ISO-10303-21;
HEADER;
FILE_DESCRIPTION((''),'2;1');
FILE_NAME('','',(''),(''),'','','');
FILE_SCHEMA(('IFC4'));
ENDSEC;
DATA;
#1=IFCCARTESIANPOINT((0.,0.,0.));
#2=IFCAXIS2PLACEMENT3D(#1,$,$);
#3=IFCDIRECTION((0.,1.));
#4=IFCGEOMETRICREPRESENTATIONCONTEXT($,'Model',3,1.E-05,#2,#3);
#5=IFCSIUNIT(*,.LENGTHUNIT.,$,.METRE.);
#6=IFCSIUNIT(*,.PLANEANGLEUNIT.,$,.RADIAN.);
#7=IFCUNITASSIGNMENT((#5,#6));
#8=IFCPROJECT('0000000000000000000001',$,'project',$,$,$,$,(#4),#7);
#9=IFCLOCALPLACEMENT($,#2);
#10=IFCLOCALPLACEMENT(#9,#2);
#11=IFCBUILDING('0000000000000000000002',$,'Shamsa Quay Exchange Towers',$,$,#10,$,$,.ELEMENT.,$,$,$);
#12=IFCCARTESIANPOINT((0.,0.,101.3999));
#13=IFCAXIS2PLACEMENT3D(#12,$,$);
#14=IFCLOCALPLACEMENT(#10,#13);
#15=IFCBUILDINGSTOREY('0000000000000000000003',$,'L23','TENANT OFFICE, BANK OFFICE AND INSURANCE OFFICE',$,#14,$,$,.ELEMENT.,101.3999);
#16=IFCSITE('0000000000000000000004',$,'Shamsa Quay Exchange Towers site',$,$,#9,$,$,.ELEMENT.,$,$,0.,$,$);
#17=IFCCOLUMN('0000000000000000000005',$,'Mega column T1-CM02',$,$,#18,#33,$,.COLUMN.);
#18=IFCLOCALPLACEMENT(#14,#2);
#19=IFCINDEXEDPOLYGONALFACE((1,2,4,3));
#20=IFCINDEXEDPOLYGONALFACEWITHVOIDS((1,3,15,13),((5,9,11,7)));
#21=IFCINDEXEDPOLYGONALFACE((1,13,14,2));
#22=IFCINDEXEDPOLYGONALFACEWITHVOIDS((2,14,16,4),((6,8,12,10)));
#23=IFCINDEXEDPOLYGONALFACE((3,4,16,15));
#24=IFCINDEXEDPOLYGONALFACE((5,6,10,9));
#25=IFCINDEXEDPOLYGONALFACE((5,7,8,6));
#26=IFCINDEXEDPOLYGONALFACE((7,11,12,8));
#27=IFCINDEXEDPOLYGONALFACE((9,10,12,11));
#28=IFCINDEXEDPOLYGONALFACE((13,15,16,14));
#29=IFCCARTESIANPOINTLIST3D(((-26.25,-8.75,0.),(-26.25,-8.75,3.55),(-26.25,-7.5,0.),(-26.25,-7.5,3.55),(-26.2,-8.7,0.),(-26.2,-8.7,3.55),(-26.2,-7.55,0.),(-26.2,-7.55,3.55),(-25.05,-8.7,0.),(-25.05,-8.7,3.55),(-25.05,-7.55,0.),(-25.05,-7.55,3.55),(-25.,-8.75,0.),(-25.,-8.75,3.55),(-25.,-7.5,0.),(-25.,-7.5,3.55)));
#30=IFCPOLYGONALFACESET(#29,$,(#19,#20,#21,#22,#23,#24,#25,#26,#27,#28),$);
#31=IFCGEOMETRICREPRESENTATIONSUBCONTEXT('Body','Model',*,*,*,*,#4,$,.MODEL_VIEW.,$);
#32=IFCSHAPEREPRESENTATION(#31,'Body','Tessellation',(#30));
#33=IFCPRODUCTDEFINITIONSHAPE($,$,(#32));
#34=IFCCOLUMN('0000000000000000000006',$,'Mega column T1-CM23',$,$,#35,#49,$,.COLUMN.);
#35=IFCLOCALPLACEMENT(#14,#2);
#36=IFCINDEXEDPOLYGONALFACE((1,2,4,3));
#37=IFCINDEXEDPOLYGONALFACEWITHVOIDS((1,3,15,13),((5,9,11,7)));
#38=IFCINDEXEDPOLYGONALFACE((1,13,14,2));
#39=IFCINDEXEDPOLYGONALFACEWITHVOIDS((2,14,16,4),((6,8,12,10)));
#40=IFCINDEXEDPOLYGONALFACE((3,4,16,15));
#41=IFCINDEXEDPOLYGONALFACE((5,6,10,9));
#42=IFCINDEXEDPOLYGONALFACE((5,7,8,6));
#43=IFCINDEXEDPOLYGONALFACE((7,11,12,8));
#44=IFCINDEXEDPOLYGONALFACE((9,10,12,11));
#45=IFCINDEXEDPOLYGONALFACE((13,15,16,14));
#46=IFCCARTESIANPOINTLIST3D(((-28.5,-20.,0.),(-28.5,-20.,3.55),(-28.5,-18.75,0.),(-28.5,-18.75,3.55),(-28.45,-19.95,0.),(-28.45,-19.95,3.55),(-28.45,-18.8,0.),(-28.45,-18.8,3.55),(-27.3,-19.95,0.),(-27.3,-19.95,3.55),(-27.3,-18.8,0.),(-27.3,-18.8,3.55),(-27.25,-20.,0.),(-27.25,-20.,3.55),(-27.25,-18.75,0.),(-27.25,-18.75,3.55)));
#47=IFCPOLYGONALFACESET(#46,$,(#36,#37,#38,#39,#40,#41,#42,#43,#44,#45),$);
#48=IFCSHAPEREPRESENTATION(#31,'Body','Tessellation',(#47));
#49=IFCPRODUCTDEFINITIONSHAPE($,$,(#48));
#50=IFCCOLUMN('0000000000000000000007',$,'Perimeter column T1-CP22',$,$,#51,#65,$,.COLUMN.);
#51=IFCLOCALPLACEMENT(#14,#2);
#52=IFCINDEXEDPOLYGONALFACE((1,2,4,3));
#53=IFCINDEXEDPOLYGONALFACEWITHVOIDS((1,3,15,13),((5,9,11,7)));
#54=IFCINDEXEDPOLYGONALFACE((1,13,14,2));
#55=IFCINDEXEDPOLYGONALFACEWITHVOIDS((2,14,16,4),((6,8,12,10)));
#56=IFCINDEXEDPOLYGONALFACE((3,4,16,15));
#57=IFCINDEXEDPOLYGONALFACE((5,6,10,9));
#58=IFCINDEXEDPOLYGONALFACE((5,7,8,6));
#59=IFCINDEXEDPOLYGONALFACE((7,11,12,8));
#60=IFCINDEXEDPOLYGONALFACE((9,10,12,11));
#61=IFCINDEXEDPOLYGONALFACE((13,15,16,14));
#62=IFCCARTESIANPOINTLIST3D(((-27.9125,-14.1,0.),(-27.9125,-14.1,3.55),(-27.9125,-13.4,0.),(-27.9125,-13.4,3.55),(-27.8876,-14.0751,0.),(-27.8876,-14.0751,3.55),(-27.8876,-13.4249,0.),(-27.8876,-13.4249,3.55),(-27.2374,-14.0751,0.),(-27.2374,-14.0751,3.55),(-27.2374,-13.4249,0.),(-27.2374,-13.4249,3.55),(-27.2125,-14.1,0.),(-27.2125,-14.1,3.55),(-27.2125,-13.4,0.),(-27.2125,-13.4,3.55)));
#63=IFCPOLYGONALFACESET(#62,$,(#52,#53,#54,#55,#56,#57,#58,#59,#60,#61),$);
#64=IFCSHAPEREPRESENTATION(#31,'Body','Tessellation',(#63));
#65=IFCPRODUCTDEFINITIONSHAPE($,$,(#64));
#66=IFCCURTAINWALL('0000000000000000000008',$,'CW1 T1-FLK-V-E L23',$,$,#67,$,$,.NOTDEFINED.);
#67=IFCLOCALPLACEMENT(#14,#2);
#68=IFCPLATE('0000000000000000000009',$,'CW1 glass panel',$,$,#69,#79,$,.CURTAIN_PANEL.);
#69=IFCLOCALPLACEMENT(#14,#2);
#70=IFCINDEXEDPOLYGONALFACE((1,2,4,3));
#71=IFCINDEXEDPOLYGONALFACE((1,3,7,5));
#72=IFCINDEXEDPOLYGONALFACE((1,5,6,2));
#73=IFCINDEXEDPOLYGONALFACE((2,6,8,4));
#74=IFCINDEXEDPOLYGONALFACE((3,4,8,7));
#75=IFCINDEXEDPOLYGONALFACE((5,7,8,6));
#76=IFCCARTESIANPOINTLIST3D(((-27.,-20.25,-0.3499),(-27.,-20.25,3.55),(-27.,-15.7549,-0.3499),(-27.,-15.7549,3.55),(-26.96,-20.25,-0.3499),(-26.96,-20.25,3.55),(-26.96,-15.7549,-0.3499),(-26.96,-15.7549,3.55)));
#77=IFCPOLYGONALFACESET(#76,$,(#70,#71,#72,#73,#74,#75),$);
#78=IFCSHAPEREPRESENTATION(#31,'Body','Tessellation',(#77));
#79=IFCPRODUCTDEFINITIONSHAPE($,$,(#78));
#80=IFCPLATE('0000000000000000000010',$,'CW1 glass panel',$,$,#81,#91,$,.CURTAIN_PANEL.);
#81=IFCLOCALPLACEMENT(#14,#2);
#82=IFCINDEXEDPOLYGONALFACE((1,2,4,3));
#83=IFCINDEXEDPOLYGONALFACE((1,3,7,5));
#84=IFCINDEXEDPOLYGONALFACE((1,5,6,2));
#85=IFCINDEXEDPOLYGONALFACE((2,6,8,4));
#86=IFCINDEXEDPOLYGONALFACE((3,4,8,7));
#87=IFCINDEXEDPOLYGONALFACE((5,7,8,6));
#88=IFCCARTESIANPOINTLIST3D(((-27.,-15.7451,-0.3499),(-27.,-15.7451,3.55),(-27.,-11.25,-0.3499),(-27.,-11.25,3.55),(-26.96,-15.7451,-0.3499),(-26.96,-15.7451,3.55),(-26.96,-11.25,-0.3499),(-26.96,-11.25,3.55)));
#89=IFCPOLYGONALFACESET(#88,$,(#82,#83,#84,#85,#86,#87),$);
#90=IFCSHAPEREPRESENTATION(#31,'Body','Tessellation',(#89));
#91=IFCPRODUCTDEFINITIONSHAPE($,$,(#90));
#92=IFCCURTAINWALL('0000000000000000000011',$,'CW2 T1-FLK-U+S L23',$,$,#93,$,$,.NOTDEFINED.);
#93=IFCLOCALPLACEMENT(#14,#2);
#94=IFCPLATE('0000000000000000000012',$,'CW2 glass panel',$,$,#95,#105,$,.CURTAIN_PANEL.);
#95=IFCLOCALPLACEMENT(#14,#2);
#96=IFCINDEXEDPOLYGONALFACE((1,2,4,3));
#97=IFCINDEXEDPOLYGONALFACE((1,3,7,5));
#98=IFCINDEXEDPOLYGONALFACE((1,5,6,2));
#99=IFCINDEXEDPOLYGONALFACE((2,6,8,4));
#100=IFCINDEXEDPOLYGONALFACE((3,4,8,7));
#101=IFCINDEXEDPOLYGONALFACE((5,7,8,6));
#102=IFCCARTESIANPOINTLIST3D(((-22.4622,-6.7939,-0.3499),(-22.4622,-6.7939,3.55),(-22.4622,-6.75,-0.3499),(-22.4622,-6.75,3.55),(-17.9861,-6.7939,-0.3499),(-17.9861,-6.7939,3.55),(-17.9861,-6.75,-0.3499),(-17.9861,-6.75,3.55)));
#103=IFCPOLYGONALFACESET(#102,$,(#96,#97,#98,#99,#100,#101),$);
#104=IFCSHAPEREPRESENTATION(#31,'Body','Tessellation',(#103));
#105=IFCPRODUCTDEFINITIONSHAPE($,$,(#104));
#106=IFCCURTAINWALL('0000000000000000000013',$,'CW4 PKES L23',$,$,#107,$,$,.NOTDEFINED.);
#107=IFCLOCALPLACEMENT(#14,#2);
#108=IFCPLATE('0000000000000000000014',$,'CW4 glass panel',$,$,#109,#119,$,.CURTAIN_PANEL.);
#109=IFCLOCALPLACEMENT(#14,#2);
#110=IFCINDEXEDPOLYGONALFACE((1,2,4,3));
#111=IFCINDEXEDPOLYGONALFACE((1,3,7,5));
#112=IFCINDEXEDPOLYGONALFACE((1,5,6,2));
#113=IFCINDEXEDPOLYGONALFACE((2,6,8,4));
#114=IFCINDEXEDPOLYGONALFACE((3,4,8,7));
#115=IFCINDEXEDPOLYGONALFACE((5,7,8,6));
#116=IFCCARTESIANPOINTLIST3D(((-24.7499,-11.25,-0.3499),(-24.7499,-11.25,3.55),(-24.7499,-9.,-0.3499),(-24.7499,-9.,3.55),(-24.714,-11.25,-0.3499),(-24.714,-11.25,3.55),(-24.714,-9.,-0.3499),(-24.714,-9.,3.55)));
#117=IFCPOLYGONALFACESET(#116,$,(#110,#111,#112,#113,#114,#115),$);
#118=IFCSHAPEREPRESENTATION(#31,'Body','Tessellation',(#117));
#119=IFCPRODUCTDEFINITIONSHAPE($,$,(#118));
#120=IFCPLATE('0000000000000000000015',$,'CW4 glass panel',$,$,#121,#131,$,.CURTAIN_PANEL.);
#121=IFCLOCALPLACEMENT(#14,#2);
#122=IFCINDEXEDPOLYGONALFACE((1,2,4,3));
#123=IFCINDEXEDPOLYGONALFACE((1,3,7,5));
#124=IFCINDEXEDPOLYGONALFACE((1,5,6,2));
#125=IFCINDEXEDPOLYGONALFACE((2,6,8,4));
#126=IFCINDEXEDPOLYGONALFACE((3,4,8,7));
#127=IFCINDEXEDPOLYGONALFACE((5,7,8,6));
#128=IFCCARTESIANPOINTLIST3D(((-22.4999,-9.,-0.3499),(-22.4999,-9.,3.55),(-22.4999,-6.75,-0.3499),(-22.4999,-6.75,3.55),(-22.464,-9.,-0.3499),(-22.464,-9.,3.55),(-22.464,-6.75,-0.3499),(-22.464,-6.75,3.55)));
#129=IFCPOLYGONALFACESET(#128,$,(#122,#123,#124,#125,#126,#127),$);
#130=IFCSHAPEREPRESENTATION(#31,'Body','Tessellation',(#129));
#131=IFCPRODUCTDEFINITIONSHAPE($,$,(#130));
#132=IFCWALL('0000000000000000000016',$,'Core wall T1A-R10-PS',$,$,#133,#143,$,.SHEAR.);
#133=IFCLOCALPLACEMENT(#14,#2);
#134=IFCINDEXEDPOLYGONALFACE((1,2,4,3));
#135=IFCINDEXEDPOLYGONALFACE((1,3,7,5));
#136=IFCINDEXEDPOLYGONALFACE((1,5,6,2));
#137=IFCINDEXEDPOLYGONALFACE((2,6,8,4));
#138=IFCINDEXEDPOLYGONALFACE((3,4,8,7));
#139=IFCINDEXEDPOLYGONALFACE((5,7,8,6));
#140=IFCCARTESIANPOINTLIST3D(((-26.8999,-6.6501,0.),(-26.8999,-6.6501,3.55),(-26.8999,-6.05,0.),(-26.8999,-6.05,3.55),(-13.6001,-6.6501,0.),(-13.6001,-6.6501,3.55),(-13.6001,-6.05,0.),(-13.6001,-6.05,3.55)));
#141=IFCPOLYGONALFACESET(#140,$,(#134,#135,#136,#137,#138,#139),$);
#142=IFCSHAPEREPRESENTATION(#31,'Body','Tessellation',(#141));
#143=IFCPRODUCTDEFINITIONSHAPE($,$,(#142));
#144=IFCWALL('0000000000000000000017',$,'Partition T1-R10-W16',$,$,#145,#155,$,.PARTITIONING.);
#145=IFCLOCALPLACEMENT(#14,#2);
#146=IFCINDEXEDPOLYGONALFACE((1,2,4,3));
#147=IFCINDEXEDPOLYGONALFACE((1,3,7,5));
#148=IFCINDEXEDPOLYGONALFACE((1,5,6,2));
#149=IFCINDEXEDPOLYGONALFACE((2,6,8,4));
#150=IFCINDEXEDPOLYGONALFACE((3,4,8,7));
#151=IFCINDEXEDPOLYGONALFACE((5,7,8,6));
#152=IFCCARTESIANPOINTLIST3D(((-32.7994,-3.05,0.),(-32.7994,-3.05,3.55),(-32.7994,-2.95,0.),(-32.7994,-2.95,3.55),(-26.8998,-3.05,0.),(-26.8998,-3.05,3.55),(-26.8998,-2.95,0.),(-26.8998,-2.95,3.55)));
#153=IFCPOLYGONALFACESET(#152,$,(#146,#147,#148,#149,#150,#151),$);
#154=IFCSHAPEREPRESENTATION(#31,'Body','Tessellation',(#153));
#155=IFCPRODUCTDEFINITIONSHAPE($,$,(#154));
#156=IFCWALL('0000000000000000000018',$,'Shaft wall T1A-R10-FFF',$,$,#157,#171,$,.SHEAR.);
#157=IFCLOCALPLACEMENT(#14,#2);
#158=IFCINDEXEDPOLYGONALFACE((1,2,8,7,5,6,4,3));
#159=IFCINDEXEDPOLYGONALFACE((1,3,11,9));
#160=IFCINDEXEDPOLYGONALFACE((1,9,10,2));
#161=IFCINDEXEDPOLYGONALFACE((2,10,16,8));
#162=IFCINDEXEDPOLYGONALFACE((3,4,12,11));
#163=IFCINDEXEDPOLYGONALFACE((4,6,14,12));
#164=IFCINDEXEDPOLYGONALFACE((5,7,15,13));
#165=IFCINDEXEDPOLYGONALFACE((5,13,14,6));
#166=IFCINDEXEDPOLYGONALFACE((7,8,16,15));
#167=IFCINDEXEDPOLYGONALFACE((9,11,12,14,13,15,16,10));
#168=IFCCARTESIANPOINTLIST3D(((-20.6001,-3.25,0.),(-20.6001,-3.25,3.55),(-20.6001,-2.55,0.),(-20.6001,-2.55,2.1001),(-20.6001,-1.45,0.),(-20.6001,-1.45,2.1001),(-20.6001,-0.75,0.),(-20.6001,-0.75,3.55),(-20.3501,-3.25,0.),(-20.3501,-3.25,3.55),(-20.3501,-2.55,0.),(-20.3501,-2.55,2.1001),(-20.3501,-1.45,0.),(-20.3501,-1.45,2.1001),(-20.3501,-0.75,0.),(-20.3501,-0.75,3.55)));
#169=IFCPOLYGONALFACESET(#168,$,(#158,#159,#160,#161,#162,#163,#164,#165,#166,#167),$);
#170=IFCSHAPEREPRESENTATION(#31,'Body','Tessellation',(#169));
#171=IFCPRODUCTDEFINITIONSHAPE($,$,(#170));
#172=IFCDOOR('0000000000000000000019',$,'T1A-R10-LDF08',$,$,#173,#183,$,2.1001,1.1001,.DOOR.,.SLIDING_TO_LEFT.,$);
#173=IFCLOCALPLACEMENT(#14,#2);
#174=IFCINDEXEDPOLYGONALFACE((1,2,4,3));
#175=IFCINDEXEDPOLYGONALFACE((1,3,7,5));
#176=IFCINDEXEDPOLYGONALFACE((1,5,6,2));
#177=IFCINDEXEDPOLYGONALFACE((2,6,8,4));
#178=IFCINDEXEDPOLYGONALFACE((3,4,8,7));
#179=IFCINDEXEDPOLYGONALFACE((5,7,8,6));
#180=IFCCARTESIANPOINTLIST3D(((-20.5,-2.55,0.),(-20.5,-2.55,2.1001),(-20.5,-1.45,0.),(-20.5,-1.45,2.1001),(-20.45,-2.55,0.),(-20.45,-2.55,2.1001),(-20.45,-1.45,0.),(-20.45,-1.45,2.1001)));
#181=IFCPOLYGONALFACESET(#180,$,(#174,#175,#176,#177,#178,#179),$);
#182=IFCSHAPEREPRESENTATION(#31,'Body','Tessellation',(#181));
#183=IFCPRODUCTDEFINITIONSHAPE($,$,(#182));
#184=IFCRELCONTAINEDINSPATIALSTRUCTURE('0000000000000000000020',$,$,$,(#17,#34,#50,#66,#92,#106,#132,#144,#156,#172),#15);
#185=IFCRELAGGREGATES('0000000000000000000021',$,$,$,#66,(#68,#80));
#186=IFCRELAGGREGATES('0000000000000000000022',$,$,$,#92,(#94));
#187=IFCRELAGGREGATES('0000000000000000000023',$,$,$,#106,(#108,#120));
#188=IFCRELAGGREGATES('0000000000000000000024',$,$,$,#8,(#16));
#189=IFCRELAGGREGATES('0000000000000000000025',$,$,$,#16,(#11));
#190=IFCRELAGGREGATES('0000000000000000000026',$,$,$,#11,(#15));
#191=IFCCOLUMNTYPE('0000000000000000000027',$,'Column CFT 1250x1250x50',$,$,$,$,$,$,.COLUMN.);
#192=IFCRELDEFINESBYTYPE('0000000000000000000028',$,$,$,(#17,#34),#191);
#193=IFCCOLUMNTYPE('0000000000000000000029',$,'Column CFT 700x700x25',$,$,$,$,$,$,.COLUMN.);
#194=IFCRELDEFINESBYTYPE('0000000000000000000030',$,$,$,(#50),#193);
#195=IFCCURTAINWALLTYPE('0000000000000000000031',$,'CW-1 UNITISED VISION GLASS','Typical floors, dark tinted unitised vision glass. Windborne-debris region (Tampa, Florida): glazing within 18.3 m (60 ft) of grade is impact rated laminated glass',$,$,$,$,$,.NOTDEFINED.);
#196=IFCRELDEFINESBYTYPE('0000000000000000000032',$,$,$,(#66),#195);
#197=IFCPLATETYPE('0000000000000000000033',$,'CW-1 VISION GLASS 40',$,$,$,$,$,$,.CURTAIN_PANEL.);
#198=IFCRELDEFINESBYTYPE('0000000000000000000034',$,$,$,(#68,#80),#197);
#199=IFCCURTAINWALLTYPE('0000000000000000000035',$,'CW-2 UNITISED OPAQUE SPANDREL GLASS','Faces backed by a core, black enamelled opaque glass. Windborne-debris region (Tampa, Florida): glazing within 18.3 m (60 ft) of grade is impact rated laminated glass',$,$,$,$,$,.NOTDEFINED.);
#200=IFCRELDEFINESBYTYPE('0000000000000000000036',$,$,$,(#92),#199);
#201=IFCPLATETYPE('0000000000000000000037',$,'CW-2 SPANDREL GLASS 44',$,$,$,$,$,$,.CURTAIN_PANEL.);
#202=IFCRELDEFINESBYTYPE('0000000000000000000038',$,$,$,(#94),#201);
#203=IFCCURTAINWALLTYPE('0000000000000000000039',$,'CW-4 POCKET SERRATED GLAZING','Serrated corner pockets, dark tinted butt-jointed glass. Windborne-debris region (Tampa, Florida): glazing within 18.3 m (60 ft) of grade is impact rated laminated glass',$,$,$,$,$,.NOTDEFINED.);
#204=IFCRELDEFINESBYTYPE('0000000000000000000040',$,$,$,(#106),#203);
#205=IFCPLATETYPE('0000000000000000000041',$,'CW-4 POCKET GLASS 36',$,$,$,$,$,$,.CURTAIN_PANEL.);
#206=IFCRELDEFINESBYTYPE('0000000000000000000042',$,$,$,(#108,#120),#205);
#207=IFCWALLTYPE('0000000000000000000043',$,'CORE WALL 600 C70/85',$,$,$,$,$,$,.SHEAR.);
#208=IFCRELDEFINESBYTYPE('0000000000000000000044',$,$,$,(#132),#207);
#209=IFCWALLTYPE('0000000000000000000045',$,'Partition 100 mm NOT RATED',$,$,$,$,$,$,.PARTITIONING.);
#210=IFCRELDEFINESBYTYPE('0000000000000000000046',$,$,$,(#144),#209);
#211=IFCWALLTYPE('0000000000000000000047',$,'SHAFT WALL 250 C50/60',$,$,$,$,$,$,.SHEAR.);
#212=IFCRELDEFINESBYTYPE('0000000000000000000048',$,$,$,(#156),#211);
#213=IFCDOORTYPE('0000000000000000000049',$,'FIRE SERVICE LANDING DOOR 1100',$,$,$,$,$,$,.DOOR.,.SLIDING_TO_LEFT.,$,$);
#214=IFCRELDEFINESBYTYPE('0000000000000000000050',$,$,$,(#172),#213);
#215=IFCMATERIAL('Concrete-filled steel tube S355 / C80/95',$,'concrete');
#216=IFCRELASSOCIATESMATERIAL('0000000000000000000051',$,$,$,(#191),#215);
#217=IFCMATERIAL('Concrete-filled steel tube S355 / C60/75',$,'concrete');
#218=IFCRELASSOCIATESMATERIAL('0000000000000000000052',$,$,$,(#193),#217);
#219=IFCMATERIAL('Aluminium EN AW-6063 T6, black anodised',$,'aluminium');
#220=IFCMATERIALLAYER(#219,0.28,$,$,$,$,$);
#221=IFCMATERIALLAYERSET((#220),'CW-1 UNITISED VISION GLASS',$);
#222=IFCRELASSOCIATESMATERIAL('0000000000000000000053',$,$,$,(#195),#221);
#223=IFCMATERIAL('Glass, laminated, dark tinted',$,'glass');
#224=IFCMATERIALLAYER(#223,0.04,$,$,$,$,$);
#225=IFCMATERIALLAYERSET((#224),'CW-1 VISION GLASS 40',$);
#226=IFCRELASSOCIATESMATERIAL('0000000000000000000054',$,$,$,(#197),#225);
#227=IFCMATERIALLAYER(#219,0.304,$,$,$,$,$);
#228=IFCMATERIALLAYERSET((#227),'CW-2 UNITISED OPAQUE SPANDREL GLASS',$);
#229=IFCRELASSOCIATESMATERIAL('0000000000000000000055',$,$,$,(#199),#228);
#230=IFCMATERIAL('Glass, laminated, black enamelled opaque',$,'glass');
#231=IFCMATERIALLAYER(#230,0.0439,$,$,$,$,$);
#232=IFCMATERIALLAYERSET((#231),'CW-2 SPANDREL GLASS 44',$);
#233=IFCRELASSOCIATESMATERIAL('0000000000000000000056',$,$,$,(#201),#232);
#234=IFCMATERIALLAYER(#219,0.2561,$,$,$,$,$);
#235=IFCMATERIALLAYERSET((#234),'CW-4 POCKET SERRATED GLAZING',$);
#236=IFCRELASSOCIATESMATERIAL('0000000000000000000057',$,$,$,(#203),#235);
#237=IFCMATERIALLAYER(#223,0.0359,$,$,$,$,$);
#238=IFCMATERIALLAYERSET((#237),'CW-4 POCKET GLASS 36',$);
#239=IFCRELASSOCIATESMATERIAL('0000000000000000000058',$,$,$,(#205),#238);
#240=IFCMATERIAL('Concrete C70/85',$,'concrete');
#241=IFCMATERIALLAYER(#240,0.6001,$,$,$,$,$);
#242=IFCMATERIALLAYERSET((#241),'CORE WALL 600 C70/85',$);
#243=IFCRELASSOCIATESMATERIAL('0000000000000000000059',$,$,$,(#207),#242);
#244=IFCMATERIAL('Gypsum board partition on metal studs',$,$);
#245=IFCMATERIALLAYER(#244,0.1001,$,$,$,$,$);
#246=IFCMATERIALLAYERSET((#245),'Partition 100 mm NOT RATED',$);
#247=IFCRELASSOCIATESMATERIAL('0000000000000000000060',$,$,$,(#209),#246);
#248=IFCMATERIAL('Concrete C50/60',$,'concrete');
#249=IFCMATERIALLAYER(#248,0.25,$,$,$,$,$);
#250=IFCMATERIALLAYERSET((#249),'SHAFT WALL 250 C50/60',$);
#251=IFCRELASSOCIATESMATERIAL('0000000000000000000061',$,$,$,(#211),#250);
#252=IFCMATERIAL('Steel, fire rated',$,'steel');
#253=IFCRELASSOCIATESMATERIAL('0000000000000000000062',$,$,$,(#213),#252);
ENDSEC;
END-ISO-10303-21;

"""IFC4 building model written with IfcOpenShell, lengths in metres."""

from ifc_helpers import new_model, si_unit, direction, frame, frame_2d, origin, origin_2d, place, context, subcontext, project, spatial, rectangle, hollow_rectangle, extrude, material, layer, layer_set, material_profile, profile_set, type_object, element, fill, aggregate, save


model = new_model("IFC4")

# Units and contexts
model_context = context("Model", 3, precision=1e-05, world=origin(), true_north=direction((0.0, 1.0)))
body_context = subcontext(model_context, "Body", "Model", "MODEL_VIEW")
ifc_project = project(units=[si_unit("LENGTHUNIT", "METRE"), si_unit("PLANEANGLEUNIT", "RADIAN")], contexts=[model_context])

# Site, building, storey
site_placement = place(None, origin())
site = spatial("IfcSite", under=ifc_project, at=site_placement, Name="Shamsa Quay Exchange Towers site", CompositionType="ELEMENT", RefElevation=0.0)
building_placement = place(site_placement, origin())
building = spatial("IfcBuilding", under=site, at=building_placement, Name="Shamsa Quay Exchange Towers", CompositionType="ELEMENT")
storey_placement = place(building_placement, frame((0.0, 0.0, 101.3999)))
storey = spatial("IfcBuildingStorey", under=building, at=storey_placement, Name="L23", Description="TENANT OFFICE, BANK OFFICE AND INSURANCE OFFICE", CompositionType="ELEMENT", Elevation=101.3999)

# Columns
ifc_material_1 = material(Name="Concrete-filled steel tube S355 / C80/95", Category="concrete")
ifc_material_profile_1 = material_profile(ifc_material_1, hollow_rectangle(XDim=1.25, YDim=1.25, WallThickness=0.05, at=origin_2d()), Name="CFT 1250x1250x50")
ifc_profile_set_1 = profile_set([ifc_material_profile_1], Name="Concrete-filled steel tube S355 / C80/95")
column_type_1 = type_object("IfcColumnType", Name="Column CFT 1250x1250x50", PredefinedType="COLUMN", material=ifc_profile_set_1)
for number, where, name in (
    (1, (-25.625, -8.125, 0.0), "Mega column T1-CM02"),
    (2, (-27.875, -19.375, 0.0), "Mega column T1-CM23"),
):
    element("IfcColumn", number, at=place(storey_placement, frame(where)), inside=storey, type_object=column_type_1, Name=name, PredefinedType="COLUMN", context=body_context, shape_type="SweptSolid", body=[
        extrude(hollow_rectangle(XDim=1.25, YDim=1.25, WallThickness=0.05, at=origin_2d()), origin(), (0.0, 0.0, 1.0), 3.55),
    ])
ifc_material_2 = material(Name="Concrete-filled steel tube S355 / C60/75", Category="concrete")
ifc_material_profile_2 = material_profile(ifc_material_2, hollow_rectangle(XDim=0.7, YDim=0.7, WallThickness=0.0249, at=origin_2d()), Name="CFT 700x700x25")
ifc_profile_set_2 = profile_set([ifc_material_profile_2], Name="Concrete-filled steel tube S355 / C60/75")
column_type_2 = type_object("IfcColumnType", Name="Column CFT 700x700x25", PredefinedType="COLUMN", material=ifc_profile_set_2)
column_placement = place(storey_placement, frame((-27.5625, -13.75, 0.0)))
element("IfcColumn", 3, at=column_placement, inside=storey, type_object=column_type_2, Name="Perimeter column T1-CP22", PredefinedType="COLUMN", context=body_context, shape_type="SweptSolid", body=[
    extrude(hollow_rectangle(XDim=0.7, YDim=0.7, WallThickness=0.0249, at=origin_2d()), origin(), (0.0, 0.0, 1.0), 3.55),
])

# Curtain wall, plates
ifc_material_3 = material(Name="Aluminium EN AW-6063 T6, black anodised", Category="aluminium")
ifc_layer_1 = layer(ifc_material_3, 0.28)
ifc_layer_set_1 = layer_set([ifc_layer_1], Name="CW-1 UNITISED VISION GLASS")
curtain_wall_type_1 = type_object("IfcCurtainWallType", Name="CW-1 UNITISED VISION GLASS", Description="Typical floors, dark tinted unitised vision glass. Windborne-debris region (Tampa, Florida): glazing within 18.3 m (60 ft) of grade is impact rated laminated glass", PredefinedType="NOTDEFINED", material=ifc_layer_set_1)
curtain_wall_1_placement = place(storey_placement, origin())
curtain_wall_1 = element("IfcCurtainWall", 4, at=curtain_wall_1_placement, inside=storey, type_object=curtain_wall_type_1, Name="CW1 T1-FLK-V-E L23", PredefinedType="NOTDEFINED")
ifc_material_4 = material(Name="Glass, laminated, dark tinted", Category="glass")
ifc_layer_2 = layer(ifc_material_4, 0.04)
ifc_layer_set_2 = layer_set([ifc_layer_2], Name="CW-1 VISION GLASS 40")
plate_type_1 = type_object("IfcPlateType", Name="CW-1 VISION GLASS 40", PredefinedType="CURTAIN_PANEL", material=ifc_layer_set_2)
plate_1_placement = place(storey_placement, frame((-26.98, -18.0024, -0.3499), z_axis=(0.0, 0.0, 1.0), x_axis=(0.0, 1.0, 0.0)))
plate_1 = element("IfcPlate", 5, at=plate_1_placement, type_object=plate_type_1, Name="CW1 glass panel", PredefinedType="CURTAIN_PANEL", context=body_context, shape_type="SweptSolid", body=[
    extrude(rectangle(XDim=4.4951, YDim=0.04, at=origin_2d()), origin(), (0.0, 0.0, 1.0), 3.8999),
])
plate_2_placement = place(storey_placement, frame((-26.98, -13.4976, -0.3499), z_axis=(0.0, 0.0, 1.0), x_axis=(0.0, 1.0, 0.0)))
plate_2 = element("IfcPlate", 6, at=plate_2_placement, type_object=plate_type_1, Name="CW1 glass panel", PredefinedType="CURTAIN_PANEL", context=body_context, shape_type="SweptSolid", body=[
    extrude(rectangle(XDim=4.4951, YDim=0.04, at=origin_2d()), origin(), (0.0, 0.0, 1.0), 3.8999),
])
aggregate(curtain_wall_1, [plate_1, plate_2])

# Curtain wall, plate
ifc_layer_3 = layer(ifc_material_3, 0.304)
ifc_layer_set_3 = layer_set([ifc_layer_3], Name="CW-2 UNITISED OPAQUE SPANDREL GLASS")
curtain_wall_type_2 = type_object("IfcCurtainWallType", Name="CW-2 UNITISED OPAQUE SPANDREL GLASS", Description="Faces backed by a core, black enamelled opaque glass. Windborne-debris region (Tampa, Florida): glazing within 18.3 m (60 ft) of grade is impact rated laminated glass", PredefinedType="NOTDEFINED", material=ifc_layer_set_3)
curtain_wall_2_placement = place(storey_placement, origin())
curtain_wall_2 = element("IfcCurtainWall", 7, at=curtain_wall_2_placement, inside=storey, type_object=curtain_wall_type_2, Name="CW2 T1-FLK-U+S L23", PredefinedType="NOTDEFINED")
ifc_material_5 = material(Name="Glass, laminated, black enamelled opaque", Category="glass")
ifc_layer_4 = layer(ifc_material_5, 0.0439)
ifc_layer_set_4 = layer_set([ifc_layer_4], Name="CW-2 SPANDREL GLASS 44")
plate_type_2 = type_object("IfcPlateType", Name="CW-2 SPANDREL GLASS 44", PredefinedType="CURTAIN_PANEL", material=ifc_layer_set_4)
plate_3_placement = place(storey_placement, frame((-20.2241, -6.772, -0.3499)))
plate_3 = element("IfcPlate", 8, at=plate_3_placement, type_object=plate_type_2, Name="CW2 glass panel", PredefinedType="CURTAIN_PANEL", context=body_context, shape_type="SweptSolid", body=[
    extrude(rectangle(XDim=4.4761, YDim=0.0439, at=origin_2d()), origin(), (0.0, 0.0, 1.0), 3.8999),
])
aggregate(curtain_wall_2, [plate_3])

# Curtain wall, plates
ifc_layer_5 = layer(ifc_material_3, 0.2561)
ifc_layer_set_5 = layer_set([ifc_layer_5], Name="CW-4 POCKET SERRATED GLAZING")
curtain_wall_type_3 = type_object("IfcCurtainWallType", Name="CW-4 POCKET SERRATED GLAZING", Description="Serrated corner pockets, dark tinted butt-jointed glass. Windborne-debris region (Tampa, Florida): glazing within 18.3 m (60 ft) of grade is impact rated laminated glass", PredefinedType="NOTDEFINED", material=ifc_layer_set_5)
curtain_wall_3_placement = place(storey_placement, origin())
curtain_wall_3 = element("IfcCurtainWall", 9, at=curtain_wall_3_placement, inside=storey, type_object=curtain_wall_type_3, Name="CW4 PKES L23", PredefinedType="NOTDEFINED")
ifc_layer_6 = layer(ifc_material_4, 0.0359)
ifc_layer_set_6 = layer_set([ifc_layer_6], Name="CW-4 POCKET GLASS 36")
plate_type_3 = type_object("IfcPlateType", Name="CW-4 POCKET GLASS 36", PredefinedType="CURTAIN_PANEL", material=ifc_layer_set_6)
plate_4_placement = place(storey_placement, frame((-24.7319, -10.125, -0.3499), z_axis=(0.0, 0.0, 1.0), x_axis=(0.0, 1.0, 0.0)))
plate_4 = element("IfcPlate", 10, at=plate_4_placement, type_object=plate_type_3, Name="CW4 glass panel", PredefinedType="CURTAIN_PANEL", context=body_context, shape_type="SweptSolid", body=[
    extrude(rectangle(XDim=2.25, YDim=0.0359, at=origin_2d()), origin(), (0.0, 0.0, 1.0), 3.8999),
])
plate_5_placement = place(storey_placement, frame((-22.4819, -7.875, -0.3499), z_axis=(0.0, 0.0, 1.0), x_axis=(0.0, 1.0, 0.0)))
plate_5 = element("IfcPlate", 11, at=plate_5_placement, type_object=plate_type_3, Name="CW4 glass panel", PredefinedType="CURTAIN_PANEL", context=body_context, shape_type="SweptSolid", body=[
    extrude(rectangle(XDim=2.25, YDim=0.0359, at=origin_2d()), origin(), (0.0, 0.0, 1.0), 3.8999),
])
aggregate(curtain_wall_3, [plate_4, plate_5])

# Walls
ifc_material_6 = material(Name="Concrete C70/85", Category="concrete")
ifc_layer_7 = layer(ifc_material_6, 0.6001)
ifc_layer_set_7 = layer_set([ifc_layer_7], Name="CORE WALL 600 C70/85")
wall_type_1 = type_object("IfcWallType", Name="CORE WALL 600 C70/85", PredefinedType="SHEAR", material=ifc_layer_set_7)
wall_1_placement = place(storey_placement, frame((-26.8999, -6.3501, 0.0)))
element("IfcWall", 12, at=wall_1_placement, inside=storey, type_object=wall_type_1, Name="Core wall T1A-R10-PS", PredefinedType="SHEAR", context=body_context, shape_type="SweptSolid", body=[
    extrude(rectangle(XDim=13.2998, YDim=0.6001, at=frame_2d((6.6499, 0.0))), origin(), (0.0, 0.0, 1.0), 3.55),
])
ifc_material_7 = material(Name="Gypsum board partition on metal studs")
ifc_layer_8 = layer(ifc_material_7, 0.1001)
ifc_layer_set_8 = layer_set([ifc_layer_8], Name="Partition 100 mm NOT RATED")
wall_type_2 = type_object("IfcWallType", Name="Partition 100 mm NOT RATED", PredefinedType="PARTITIONING", material=ifc_layer_set_8)
wall_2_placement = place(storey_placement, frame((-26.8999, -3.0, 0.0), z_axis=(0.0, 0.0, 1.0), x_axis=(-1.0, 0.0, 0.0)))
element("IfcWall", 13, at=wall_2_placement, inside=storey, type_object=wall_type_2, Name="Partition T1-R10-W16", PredefinedType="PARTITIONING", context=body_context, shape_type="SweptSolid", body=[
    extrude(rectangle(XDim=5.8997, YDim=0.1001, at=frame_2d((2.9497, 0.0))), origin(), (0.0, 0.0, 1.0), 3.55),
])

# Wall, opening, door
ifc_material_8 = material(Name="Concrete C50/60", Category="concrete")
ifc_layer_9 = layer(ifc_material_8, 0.25)
ifc_layer_set_9 = layer_set([ifc_layer_9], Name="SHAFT WALL 250 C50/60")
wall_type_3 = type_object("IfcWallType", Name="SHAFT WALL 250 C50/60", PredefinedType="SHEAR", material=ifc_layer_set_9)
wall_3_placement = place(storey_placement, frame((-20.4751, -3.25, 0.0), z_axis=(0.0, 0.0, 1.0), x_axis=(0.0, 1.0, 0.0)))
wall_3 = element("IfcWall", 14, at=wall_3_placement, inside=storey, type_object=wall_type_3, Name="Shaft wall T1A-R10-FFF", PredefinedType="SHEAR", context=body_context, shape_type="SweptSolid", body=[
    extrude(rectangle(XDim=2.5, YDim=0.25, at=frame_2d((1.25, 0.0))), origin(), (0.0, 0.0, 1.0), 3.55),
])
opening_1_placement = place(wall_3_placement, frame((0.7, 0.0, 0.0)))
opening_1 = element("IfcOpeningElement", 15, at=opening_1_placement, cuts=wall_3, PredefinedType="OPENING", context=body_context, shape_type="SweptSolid", body=[
    extrude(rectangle(XDim=1.1001, YDim=2.1001, at=frame_2d((0.55, 1.05))), frame((0.0, 0.135, 0.0), z_axis=(0.0, -1.0, 0.0), x_axis=(1.0, 0.0, 0.0)), (0.0, 0.0, 1.0), 0.27),
])
ifc_material_9 = material(Name="Steel, fire rated", Category="steel")
door_type_1 = type_object("IfcDoorType", Name="FIRE SERVICE LANDING DOOR 1100", OperationType="SLIDING_TO_LEFT", PredefinedType="DOOR", material=ifc_material_9)
door_1_placement = place(opening_1_placement, origin())
door_1 = element("IfcDoor", 16, at=door_1_placement, inside=storey, type_object=door_type_1, Name="T1A-R10-LDF08", OperationType="SLIDING_TO_LEFT", OverallHeight=2.1001, OverallWidth=1.1001, PredefinedType="DOOR", context=body_context, shape_type="SweptSolid", body=[
    extrude(rectangle(XDim=1.1001, YDim=2.1001, at=frame_2d((0.55, 1.05))), frame((0.0, 0.0249, 0.0), z_axis=(0.0, -1.0, 0.0), x_axis=(1.0, 0.0, 0.0)), (0.0, 0.0, 1.0), 0.05),
])
fill(opening_1, door_1)

save(model, "model.ifc")
